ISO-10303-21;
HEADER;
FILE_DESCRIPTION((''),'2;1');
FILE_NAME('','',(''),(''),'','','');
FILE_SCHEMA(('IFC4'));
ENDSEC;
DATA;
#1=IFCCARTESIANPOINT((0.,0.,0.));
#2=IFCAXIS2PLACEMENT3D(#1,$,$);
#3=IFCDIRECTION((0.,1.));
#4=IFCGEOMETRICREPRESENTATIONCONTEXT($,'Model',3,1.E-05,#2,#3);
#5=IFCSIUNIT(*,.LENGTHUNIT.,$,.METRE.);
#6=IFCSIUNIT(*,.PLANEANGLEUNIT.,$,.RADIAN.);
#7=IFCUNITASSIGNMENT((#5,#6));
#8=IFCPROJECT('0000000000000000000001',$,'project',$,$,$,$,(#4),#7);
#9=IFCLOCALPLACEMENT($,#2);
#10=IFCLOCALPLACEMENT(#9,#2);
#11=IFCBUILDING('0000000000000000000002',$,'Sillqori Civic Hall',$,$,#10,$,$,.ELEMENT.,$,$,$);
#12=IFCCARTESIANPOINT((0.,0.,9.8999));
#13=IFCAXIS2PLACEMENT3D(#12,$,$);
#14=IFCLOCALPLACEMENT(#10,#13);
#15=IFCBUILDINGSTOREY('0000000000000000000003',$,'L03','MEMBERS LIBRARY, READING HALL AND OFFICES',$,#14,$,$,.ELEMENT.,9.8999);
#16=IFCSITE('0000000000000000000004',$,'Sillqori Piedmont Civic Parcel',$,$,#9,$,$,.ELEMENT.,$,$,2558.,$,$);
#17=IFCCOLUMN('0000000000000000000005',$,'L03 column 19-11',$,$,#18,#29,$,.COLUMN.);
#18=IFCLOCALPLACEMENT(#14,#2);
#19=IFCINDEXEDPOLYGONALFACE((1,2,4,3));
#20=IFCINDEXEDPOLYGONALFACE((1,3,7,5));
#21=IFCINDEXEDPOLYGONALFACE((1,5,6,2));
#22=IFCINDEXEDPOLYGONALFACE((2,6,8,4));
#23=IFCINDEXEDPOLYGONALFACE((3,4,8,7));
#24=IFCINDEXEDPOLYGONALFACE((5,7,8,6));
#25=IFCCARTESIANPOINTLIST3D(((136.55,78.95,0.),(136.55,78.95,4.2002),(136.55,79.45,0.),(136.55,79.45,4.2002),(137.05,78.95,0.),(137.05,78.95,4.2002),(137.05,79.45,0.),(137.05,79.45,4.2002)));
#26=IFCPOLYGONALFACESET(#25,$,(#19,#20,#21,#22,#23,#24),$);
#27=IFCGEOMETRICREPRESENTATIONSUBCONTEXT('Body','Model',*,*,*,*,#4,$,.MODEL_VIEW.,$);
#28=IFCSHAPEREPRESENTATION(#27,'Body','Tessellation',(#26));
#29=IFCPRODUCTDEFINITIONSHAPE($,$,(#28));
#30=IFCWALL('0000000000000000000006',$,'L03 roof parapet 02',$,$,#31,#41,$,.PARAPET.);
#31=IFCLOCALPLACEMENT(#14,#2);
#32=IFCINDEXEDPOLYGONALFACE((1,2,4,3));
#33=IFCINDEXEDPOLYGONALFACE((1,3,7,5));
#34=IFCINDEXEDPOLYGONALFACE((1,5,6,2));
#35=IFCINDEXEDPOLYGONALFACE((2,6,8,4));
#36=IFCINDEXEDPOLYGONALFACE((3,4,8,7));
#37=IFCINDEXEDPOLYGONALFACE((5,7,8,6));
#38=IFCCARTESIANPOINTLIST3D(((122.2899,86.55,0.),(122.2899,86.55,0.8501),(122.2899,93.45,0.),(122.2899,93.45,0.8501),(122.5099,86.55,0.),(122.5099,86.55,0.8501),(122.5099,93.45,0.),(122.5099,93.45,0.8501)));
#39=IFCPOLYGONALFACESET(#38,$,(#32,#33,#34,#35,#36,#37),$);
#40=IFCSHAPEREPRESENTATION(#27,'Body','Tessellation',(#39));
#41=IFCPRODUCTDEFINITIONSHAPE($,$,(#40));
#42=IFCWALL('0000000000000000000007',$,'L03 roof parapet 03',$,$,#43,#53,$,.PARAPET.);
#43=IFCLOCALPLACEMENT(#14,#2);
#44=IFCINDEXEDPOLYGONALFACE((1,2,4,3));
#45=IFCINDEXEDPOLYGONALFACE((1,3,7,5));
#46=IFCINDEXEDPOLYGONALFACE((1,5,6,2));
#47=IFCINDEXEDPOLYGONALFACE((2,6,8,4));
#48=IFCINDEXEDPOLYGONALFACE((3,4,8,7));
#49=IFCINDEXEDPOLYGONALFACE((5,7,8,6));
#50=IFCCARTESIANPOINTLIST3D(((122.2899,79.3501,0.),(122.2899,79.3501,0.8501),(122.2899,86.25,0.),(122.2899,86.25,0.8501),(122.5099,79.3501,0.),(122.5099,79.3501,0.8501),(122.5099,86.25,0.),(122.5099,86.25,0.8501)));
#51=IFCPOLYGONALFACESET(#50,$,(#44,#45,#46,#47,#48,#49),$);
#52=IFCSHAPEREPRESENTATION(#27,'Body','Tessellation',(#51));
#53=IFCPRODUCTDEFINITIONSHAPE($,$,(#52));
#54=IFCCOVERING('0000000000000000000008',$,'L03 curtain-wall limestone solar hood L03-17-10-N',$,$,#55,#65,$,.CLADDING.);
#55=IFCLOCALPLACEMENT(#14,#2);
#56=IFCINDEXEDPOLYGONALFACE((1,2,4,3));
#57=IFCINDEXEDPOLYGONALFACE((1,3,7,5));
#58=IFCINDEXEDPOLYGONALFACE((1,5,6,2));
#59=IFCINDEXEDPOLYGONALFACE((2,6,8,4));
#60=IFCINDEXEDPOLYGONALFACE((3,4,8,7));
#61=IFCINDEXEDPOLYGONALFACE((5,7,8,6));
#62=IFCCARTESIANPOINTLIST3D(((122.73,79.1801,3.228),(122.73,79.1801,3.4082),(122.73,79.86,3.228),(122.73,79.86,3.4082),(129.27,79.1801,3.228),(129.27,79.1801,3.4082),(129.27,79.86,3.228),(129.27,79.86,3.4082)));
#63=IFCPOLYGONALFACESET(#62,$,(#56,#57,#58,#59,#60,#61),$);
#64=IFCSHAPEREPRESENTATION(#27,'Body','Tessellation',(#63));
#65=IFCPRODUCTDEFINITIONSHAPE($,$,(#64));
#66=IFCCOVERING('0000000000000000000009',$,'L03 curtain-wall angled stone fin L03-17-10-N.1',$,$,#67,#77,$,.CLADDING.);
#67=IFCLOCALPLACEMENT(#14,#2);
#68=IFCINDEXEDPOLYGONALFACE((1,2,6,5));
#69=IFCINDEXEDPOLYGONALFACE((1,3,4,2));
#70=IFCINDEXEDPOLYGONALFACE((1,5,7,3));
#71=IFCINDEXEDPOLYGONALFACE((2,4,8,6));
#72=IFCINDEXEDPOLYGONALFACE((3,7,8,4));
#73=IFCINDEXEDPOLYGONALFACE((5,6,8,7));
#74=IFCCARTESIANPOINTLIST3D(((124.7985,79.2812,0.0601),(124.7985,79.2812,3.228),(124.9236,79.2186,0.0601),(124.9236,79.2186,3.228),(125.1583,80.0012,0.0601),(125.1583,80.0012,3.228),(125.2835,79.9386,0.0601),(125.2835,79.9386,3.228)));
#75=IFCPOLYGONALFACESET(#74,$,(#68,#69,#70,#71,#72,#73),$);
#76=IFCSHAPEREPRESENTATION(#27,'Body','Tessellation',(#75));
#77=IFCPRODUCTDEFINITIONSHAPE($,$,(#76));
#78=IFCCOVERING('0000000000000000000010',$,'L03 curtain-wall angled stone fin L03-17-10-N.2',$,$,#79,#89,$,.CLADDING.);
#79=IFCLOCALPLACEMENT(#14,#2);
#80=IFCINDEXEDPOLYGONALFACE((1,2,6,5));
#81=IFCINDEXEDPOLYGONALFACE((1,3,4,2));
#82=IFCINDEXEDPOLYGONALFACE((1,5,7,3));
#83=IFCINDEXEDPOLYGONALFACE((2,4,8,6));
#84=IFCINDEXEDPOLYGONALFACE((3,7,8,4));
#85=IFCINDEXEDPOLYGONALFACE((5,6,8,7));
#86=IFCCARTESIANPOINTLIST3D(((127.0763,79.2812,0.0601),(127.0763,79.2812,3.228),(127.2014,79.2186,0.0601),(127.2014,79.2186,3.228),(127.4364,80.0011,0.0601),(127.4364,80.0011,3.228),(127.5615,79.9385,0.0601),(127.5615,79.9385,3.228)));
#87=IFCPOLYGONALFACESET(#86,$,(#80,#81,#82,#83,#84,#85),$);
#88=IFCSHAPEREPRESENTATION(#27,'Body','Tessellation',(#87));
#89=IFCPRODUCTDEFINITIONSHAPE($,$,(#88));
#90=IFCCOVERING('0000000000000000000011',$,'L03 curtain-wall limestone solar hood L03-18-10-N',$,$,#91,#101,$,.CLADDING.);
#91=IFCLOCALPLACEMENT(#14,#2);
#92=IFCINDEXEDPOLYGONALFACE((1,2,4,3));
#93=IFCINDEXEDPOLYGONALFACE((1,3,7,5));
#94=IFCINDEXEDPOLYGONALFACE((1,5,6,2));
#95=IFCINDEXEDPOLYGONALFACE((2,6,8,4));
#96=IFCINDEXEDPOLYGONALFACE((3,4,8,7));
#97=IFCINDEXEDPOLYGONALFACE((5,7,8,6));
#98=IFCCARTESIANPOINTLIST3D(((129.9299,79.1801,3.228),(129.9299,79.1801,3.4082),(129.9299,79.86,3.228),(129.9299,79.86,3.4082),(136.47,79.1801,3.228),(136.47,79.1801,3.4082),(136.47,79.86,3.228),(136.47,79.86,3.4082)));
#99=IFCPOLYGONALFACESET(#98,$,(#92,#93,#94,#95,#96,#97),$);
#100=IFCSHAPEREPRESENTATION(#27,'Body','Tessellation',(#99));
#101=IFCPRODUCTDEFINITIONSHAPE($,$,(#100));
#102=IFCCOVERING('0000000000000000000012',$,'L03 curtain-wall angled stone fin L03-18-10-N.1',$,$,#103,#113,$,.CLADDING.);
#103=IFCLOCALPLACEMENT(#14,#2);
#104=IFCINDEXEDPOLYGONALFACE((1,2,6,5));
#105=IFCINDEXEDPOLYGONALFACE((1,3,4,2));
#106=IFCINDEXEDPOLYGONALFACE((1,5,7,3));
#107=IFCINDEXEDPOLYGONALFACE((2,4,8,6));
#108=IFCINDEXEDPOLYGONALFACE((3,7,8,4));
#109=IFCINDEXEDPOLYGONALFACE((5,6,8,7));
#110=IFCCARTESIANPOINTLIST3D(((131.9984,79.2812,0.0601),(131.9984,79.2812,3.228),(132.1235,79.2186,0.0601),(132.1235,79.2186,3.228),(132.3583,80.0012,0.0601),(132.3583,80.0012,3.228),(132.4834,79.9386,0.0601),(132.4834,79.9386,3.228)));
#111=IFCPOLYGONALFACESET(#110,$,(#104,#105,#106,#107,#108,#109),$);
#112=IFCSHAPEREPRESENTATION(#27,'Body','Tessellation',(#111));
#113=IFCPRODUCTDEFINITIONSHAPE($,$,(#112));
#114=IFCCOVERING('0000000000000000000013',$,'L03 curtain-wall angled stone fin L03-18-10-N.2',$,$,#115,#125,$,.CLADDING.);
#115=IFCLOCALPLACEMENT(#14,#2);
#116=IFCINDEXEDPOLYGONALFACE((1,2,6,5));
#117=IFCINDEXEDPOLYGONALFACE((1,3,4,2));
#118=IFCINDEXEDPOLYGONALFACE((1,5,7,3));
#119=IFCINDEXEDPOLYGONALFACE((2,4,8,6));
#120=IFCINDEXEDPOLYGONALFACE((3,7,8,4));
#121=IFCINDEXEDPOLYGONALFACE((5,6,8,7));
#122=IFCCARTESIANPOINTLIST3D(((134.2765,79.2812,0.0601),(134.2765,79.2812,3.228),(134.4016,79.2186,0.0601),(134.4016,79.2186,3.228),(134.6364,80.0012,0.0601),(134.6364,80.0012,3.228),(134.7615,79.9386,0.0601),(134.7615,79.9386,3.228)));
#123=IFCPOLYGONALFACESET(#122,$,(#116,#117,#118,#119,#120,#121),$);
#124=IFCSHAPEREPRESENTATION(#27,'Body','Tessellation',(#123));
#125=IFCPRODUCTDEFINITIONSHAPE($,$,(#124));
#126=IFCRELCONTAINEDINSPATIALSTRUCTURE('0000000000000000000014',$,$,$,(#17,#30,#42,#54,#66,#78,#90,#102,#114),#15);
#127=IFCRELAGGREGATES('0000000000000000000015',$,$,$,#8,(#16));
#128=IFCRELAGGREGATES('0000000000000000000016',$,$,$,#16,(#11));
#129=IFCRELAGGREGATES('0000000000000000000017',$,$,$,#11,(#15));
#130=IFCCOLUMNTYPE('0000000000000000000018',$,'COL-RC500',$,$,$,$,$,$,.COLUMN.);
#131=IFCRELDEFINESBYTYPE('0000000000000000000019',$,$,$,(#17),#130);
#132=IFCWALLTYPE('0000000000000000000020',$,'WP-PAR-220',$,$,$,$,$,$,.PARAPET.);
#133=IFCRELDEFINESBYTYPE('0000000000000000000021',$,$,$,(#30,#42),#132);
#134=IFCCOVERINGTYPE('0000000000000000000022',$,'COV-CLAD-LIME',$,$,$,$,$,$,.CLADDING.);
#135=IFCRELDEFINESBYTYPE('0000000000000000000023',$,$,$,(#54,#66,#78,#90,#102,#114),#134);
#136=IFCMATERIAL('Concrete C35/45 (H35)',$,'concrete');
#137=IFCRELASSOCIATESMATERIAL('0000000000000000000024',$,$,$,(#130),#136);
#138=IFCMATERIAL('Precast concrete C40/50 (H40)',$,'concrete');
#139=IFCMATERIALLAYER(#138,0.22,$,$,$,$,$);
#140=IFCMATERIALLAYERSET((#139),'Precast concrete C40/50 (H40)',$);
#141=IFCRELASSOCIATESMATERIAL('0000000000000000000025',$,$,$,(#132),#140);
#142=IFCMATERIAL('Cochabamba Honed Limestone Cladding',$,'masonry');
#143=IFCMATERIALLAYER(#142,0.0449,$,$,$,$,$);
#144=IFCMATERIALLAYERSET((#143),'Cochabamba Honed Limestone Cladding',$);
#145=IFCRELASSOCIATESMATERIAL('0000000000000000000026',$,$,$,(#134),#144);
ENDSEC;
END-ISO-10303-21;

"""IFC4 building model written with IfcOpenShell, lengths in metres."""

from ifc_helpers import new_model, si_unit, direction, frame, frame_2d, origin, origin_2d, place, context, subcontext, project, spatial, rectangle, extrude, material, layer, layer_set, material_profile, profile_set, type_object, element, save


model = new_model("IFC4")

# Units and contexts
model_context = context("Model", 3, precision=1e-05, world=origin(), true_north=direction((0.0, 1.0)))
body_context = subcontext(model_context, "Body", "Model", "MODEL_VIEW")
ifc_project = project(units=[si_unit("LENGTHUNIT", "METRE"), si_unit("PLANEANGLEUNIT", "RADIAN")], contexts=[model_context])

# Site, building, storey
site_placement = place(None, origin())
site = spatial("IfcSite", under=ifc_project, at=site_placement, Name="Sillqori Piedmont Civic Parcel", CompositionType="ELEMENT", RefElevation=2558.0)
building_placement = place(site_placement, origin())
building = spatial("IfcBuilding", under=site, at=building_placement, Name="Sillqori Civic Hall", CompositionType="ELEMENT")
storey_placement = place(building_placement, frame((0.0, 0.0, 9.8999)))
storey = spatial("IfcBuildingStorey", under=building, at=storey_placement, Name="L03", Description="MEMBERS LIBRARY, READING HALL AND OFFICES", CompositionType="ELEMENT", Elevation=9.8999)

# Column
ifc_material_1 = material(Name="Concrete C35/45 (H35)", Category="concrete")
ifc_material_profile = material_profile(ifc_material_1, rectangle(XDim=0.5, YDim=0.5, at=origin_2d()), Name="RC 500x500")
ifc_profile_set = profile_set([ifc_material_profile], Name="Concrete C35/45 (H35)")
column_type = type_object("IfcColumnType", Name="COL-RC500", PredefinedType="COLUMN", material=ifc_profile_set)
column_placement = place(storey_placement, frame((136.8, 79.2, 0.0), z_axis=(0.0, 0.0, 1.0), x_axis=(1.0, 0.0, 0.0)))
element("IfcColumn", 1, at=column_placement, inside=storey, type_object=column_type, Name="L03 column 19-11", PredefinedType="COLUMN", context=body_context, shape_type="SweptSolid", body=[
    extrude(rectangle(XDim=0.5, YDim=0.5, at=origin_2d()), origin(), (0.0, 0.0, 1.0), 4.2002),
])

# Walls
ifc_material_2 = material(Name="Precast concrete C40/50 (H40)", Category="concrete")
ifc_layer_1 = layer(ifc_material_2, 0.22)
ifc_layer_set_1 = layer_set([ifc_layer_1], Name="Precast concrete C40/50 (H40)")
wall_type = type_object("IfcWallType", Name="WP-PAR-220", PredefinedType="PARAPET", material=ifc_layer_set_1)
for number, where, z_axis, x_axis, name in (
    (2, (122.3999, 93.45, 0.0), (0.0, 0.0, 1.0), (0.0, -1.0, 0.0), "L03 roof parapet 02"),
    (3, (122.3999, 86.25, 0.0), (0.0, 0.0, 1.0), (0.0, -1.0, 0.0), "L03 roof parapet 03"),
):
    element("IfcWall", number, at=place(storey_placement, frame(where, z_axis=z_axis, x_axis=x_axis)), inside=storey, type_object=wall_type, Name=name, PredefinedType="PARAPET", context=body_context, shape_type="SweptSolid", body=[
        extrude(rectangle(XDim=6.8999, YDim=0.22, at=frame_2d((3.45, 0.0))), origin(), (0.0, 0.0, 1.0), 0.8501),
    ])

# Coverings
ifc_material_3 = material(Name="Cochabamba Honed Limestone Cladding", Category="masonry")
ifc_layer_2 = layer(ifc_material_3, 0.0449)
ifc_layer_set_2 = layer_set([ifc_layer_2], Name="Cochabamba Honed Limestone Cladding")
covering_type = type_object("IfcCoveringType", Name="COV-CLAD-LIME", PredefinedType="CLADDING", material=ifc_layer_set_2)
covering_1_placement = place(storey_placement, frame((122.73, 79.52, 3.228), z_axis=(0.0, 0.0, 1.0), x_axis=(1.0, 0.0, 0.0)))
element("IfcCovering", 4, at=covering_1_placement, inside=storey, type_object=covering_type, Name="L03 curtain-wall limestone solar hood L03-17-10-N", PredefinedType="CLADDING", context=body_context, shape_type="SweptSolid", body=[
    extrude(rectangle(XDim=6.54, YDim=0.6799, at=frame_2d((3.27, 0.0))), origin(), (0.0, 0.0, 1.0), 0.1802),
])
for number, where, z_axis, x_axis, name in (
    (5, (124.8611, 79.25, 0.0601), (0.0, 0.0, 1.0), (0.447092, 0.894488, 0.0), "L03 curtain-wall angled stone fin L03-17-10-N.1"),
    (6, (127.1389, 79.25, 0.0601), (0.0, 0.0, 1.0), (0.447335, 0.894367, 0.0), "L03 curtain-wall angled stone fin L03-17-10-N.2"),
):
    element("IfcCovering", number, at=place(storey_placement, frame(where, z_axis=z_axis, x_axis=x_axis)), inside=storey, type_object=covering_type, Name=name, PredefinedType="CLADDING", context=body_context, shape_type="SweptSolid", body=[
        extrude(rectangle(XDim=0.8049, YDim=0.1399, at=frame_2d((0.4023, 0.0))), origin(), (0.0, 0.0, 1.0), 3.168),
    ])
covering_2_placement = place(storey_placement, frame((129.9299, 79.52, 3.228), z_axis=(0.0, 0.0, 1.0), x_axis=(1.0, 0.0, 0.0)))
element("IfcCovering", 7, at=covering_2_placement, inside=storey, type_object=covering_type, Name="L03 curtain-wall limestone solar hood L03-18-10-N", PredefinedType="CLADDING", context=body_context, shape_type="SweptSolid", body=[
    extrude(rectangle(XDim=6.54, YDim=0.6799, at=frame_2d((3.27, 0.0))), origin(), (0.0, 0.0, 1.0), 0.1802),
])
for number, where, z_axis, x_axis, name in (
    (8, (132.061, 79.25, 0.0601), (0.0, 0.0, 1.0), (0.447092, 0.894488, 0.0), "L03 curtain-wall angled stone fin L03-18-10-N.1"),
    (9, (134.3391, 79.25, 0.0601), (0.0, 0.0, 1.0), (0.447092, 0.894488, 0.0), "L03 curtain-wall angled stone fin L03-18-10-N.2"),
):
    element("IfcCovering", number, at=place(storey_placement, frame(where, z_axis=z_axis, x_axis=x_axis)), inside=storey, type_object=covering_type, Name=name, PredefinedType="CLADDING", context=body_context, shape_type="SweptSolid", body=[
        extrude(rectangle(XDim=0.8049, YDim=0.1399, at=frame_2d((0.4023, 0.0))), origin(), (0.0, 0.0, 1.0), 3.168),
    ])

save(model, "model.ifc")
